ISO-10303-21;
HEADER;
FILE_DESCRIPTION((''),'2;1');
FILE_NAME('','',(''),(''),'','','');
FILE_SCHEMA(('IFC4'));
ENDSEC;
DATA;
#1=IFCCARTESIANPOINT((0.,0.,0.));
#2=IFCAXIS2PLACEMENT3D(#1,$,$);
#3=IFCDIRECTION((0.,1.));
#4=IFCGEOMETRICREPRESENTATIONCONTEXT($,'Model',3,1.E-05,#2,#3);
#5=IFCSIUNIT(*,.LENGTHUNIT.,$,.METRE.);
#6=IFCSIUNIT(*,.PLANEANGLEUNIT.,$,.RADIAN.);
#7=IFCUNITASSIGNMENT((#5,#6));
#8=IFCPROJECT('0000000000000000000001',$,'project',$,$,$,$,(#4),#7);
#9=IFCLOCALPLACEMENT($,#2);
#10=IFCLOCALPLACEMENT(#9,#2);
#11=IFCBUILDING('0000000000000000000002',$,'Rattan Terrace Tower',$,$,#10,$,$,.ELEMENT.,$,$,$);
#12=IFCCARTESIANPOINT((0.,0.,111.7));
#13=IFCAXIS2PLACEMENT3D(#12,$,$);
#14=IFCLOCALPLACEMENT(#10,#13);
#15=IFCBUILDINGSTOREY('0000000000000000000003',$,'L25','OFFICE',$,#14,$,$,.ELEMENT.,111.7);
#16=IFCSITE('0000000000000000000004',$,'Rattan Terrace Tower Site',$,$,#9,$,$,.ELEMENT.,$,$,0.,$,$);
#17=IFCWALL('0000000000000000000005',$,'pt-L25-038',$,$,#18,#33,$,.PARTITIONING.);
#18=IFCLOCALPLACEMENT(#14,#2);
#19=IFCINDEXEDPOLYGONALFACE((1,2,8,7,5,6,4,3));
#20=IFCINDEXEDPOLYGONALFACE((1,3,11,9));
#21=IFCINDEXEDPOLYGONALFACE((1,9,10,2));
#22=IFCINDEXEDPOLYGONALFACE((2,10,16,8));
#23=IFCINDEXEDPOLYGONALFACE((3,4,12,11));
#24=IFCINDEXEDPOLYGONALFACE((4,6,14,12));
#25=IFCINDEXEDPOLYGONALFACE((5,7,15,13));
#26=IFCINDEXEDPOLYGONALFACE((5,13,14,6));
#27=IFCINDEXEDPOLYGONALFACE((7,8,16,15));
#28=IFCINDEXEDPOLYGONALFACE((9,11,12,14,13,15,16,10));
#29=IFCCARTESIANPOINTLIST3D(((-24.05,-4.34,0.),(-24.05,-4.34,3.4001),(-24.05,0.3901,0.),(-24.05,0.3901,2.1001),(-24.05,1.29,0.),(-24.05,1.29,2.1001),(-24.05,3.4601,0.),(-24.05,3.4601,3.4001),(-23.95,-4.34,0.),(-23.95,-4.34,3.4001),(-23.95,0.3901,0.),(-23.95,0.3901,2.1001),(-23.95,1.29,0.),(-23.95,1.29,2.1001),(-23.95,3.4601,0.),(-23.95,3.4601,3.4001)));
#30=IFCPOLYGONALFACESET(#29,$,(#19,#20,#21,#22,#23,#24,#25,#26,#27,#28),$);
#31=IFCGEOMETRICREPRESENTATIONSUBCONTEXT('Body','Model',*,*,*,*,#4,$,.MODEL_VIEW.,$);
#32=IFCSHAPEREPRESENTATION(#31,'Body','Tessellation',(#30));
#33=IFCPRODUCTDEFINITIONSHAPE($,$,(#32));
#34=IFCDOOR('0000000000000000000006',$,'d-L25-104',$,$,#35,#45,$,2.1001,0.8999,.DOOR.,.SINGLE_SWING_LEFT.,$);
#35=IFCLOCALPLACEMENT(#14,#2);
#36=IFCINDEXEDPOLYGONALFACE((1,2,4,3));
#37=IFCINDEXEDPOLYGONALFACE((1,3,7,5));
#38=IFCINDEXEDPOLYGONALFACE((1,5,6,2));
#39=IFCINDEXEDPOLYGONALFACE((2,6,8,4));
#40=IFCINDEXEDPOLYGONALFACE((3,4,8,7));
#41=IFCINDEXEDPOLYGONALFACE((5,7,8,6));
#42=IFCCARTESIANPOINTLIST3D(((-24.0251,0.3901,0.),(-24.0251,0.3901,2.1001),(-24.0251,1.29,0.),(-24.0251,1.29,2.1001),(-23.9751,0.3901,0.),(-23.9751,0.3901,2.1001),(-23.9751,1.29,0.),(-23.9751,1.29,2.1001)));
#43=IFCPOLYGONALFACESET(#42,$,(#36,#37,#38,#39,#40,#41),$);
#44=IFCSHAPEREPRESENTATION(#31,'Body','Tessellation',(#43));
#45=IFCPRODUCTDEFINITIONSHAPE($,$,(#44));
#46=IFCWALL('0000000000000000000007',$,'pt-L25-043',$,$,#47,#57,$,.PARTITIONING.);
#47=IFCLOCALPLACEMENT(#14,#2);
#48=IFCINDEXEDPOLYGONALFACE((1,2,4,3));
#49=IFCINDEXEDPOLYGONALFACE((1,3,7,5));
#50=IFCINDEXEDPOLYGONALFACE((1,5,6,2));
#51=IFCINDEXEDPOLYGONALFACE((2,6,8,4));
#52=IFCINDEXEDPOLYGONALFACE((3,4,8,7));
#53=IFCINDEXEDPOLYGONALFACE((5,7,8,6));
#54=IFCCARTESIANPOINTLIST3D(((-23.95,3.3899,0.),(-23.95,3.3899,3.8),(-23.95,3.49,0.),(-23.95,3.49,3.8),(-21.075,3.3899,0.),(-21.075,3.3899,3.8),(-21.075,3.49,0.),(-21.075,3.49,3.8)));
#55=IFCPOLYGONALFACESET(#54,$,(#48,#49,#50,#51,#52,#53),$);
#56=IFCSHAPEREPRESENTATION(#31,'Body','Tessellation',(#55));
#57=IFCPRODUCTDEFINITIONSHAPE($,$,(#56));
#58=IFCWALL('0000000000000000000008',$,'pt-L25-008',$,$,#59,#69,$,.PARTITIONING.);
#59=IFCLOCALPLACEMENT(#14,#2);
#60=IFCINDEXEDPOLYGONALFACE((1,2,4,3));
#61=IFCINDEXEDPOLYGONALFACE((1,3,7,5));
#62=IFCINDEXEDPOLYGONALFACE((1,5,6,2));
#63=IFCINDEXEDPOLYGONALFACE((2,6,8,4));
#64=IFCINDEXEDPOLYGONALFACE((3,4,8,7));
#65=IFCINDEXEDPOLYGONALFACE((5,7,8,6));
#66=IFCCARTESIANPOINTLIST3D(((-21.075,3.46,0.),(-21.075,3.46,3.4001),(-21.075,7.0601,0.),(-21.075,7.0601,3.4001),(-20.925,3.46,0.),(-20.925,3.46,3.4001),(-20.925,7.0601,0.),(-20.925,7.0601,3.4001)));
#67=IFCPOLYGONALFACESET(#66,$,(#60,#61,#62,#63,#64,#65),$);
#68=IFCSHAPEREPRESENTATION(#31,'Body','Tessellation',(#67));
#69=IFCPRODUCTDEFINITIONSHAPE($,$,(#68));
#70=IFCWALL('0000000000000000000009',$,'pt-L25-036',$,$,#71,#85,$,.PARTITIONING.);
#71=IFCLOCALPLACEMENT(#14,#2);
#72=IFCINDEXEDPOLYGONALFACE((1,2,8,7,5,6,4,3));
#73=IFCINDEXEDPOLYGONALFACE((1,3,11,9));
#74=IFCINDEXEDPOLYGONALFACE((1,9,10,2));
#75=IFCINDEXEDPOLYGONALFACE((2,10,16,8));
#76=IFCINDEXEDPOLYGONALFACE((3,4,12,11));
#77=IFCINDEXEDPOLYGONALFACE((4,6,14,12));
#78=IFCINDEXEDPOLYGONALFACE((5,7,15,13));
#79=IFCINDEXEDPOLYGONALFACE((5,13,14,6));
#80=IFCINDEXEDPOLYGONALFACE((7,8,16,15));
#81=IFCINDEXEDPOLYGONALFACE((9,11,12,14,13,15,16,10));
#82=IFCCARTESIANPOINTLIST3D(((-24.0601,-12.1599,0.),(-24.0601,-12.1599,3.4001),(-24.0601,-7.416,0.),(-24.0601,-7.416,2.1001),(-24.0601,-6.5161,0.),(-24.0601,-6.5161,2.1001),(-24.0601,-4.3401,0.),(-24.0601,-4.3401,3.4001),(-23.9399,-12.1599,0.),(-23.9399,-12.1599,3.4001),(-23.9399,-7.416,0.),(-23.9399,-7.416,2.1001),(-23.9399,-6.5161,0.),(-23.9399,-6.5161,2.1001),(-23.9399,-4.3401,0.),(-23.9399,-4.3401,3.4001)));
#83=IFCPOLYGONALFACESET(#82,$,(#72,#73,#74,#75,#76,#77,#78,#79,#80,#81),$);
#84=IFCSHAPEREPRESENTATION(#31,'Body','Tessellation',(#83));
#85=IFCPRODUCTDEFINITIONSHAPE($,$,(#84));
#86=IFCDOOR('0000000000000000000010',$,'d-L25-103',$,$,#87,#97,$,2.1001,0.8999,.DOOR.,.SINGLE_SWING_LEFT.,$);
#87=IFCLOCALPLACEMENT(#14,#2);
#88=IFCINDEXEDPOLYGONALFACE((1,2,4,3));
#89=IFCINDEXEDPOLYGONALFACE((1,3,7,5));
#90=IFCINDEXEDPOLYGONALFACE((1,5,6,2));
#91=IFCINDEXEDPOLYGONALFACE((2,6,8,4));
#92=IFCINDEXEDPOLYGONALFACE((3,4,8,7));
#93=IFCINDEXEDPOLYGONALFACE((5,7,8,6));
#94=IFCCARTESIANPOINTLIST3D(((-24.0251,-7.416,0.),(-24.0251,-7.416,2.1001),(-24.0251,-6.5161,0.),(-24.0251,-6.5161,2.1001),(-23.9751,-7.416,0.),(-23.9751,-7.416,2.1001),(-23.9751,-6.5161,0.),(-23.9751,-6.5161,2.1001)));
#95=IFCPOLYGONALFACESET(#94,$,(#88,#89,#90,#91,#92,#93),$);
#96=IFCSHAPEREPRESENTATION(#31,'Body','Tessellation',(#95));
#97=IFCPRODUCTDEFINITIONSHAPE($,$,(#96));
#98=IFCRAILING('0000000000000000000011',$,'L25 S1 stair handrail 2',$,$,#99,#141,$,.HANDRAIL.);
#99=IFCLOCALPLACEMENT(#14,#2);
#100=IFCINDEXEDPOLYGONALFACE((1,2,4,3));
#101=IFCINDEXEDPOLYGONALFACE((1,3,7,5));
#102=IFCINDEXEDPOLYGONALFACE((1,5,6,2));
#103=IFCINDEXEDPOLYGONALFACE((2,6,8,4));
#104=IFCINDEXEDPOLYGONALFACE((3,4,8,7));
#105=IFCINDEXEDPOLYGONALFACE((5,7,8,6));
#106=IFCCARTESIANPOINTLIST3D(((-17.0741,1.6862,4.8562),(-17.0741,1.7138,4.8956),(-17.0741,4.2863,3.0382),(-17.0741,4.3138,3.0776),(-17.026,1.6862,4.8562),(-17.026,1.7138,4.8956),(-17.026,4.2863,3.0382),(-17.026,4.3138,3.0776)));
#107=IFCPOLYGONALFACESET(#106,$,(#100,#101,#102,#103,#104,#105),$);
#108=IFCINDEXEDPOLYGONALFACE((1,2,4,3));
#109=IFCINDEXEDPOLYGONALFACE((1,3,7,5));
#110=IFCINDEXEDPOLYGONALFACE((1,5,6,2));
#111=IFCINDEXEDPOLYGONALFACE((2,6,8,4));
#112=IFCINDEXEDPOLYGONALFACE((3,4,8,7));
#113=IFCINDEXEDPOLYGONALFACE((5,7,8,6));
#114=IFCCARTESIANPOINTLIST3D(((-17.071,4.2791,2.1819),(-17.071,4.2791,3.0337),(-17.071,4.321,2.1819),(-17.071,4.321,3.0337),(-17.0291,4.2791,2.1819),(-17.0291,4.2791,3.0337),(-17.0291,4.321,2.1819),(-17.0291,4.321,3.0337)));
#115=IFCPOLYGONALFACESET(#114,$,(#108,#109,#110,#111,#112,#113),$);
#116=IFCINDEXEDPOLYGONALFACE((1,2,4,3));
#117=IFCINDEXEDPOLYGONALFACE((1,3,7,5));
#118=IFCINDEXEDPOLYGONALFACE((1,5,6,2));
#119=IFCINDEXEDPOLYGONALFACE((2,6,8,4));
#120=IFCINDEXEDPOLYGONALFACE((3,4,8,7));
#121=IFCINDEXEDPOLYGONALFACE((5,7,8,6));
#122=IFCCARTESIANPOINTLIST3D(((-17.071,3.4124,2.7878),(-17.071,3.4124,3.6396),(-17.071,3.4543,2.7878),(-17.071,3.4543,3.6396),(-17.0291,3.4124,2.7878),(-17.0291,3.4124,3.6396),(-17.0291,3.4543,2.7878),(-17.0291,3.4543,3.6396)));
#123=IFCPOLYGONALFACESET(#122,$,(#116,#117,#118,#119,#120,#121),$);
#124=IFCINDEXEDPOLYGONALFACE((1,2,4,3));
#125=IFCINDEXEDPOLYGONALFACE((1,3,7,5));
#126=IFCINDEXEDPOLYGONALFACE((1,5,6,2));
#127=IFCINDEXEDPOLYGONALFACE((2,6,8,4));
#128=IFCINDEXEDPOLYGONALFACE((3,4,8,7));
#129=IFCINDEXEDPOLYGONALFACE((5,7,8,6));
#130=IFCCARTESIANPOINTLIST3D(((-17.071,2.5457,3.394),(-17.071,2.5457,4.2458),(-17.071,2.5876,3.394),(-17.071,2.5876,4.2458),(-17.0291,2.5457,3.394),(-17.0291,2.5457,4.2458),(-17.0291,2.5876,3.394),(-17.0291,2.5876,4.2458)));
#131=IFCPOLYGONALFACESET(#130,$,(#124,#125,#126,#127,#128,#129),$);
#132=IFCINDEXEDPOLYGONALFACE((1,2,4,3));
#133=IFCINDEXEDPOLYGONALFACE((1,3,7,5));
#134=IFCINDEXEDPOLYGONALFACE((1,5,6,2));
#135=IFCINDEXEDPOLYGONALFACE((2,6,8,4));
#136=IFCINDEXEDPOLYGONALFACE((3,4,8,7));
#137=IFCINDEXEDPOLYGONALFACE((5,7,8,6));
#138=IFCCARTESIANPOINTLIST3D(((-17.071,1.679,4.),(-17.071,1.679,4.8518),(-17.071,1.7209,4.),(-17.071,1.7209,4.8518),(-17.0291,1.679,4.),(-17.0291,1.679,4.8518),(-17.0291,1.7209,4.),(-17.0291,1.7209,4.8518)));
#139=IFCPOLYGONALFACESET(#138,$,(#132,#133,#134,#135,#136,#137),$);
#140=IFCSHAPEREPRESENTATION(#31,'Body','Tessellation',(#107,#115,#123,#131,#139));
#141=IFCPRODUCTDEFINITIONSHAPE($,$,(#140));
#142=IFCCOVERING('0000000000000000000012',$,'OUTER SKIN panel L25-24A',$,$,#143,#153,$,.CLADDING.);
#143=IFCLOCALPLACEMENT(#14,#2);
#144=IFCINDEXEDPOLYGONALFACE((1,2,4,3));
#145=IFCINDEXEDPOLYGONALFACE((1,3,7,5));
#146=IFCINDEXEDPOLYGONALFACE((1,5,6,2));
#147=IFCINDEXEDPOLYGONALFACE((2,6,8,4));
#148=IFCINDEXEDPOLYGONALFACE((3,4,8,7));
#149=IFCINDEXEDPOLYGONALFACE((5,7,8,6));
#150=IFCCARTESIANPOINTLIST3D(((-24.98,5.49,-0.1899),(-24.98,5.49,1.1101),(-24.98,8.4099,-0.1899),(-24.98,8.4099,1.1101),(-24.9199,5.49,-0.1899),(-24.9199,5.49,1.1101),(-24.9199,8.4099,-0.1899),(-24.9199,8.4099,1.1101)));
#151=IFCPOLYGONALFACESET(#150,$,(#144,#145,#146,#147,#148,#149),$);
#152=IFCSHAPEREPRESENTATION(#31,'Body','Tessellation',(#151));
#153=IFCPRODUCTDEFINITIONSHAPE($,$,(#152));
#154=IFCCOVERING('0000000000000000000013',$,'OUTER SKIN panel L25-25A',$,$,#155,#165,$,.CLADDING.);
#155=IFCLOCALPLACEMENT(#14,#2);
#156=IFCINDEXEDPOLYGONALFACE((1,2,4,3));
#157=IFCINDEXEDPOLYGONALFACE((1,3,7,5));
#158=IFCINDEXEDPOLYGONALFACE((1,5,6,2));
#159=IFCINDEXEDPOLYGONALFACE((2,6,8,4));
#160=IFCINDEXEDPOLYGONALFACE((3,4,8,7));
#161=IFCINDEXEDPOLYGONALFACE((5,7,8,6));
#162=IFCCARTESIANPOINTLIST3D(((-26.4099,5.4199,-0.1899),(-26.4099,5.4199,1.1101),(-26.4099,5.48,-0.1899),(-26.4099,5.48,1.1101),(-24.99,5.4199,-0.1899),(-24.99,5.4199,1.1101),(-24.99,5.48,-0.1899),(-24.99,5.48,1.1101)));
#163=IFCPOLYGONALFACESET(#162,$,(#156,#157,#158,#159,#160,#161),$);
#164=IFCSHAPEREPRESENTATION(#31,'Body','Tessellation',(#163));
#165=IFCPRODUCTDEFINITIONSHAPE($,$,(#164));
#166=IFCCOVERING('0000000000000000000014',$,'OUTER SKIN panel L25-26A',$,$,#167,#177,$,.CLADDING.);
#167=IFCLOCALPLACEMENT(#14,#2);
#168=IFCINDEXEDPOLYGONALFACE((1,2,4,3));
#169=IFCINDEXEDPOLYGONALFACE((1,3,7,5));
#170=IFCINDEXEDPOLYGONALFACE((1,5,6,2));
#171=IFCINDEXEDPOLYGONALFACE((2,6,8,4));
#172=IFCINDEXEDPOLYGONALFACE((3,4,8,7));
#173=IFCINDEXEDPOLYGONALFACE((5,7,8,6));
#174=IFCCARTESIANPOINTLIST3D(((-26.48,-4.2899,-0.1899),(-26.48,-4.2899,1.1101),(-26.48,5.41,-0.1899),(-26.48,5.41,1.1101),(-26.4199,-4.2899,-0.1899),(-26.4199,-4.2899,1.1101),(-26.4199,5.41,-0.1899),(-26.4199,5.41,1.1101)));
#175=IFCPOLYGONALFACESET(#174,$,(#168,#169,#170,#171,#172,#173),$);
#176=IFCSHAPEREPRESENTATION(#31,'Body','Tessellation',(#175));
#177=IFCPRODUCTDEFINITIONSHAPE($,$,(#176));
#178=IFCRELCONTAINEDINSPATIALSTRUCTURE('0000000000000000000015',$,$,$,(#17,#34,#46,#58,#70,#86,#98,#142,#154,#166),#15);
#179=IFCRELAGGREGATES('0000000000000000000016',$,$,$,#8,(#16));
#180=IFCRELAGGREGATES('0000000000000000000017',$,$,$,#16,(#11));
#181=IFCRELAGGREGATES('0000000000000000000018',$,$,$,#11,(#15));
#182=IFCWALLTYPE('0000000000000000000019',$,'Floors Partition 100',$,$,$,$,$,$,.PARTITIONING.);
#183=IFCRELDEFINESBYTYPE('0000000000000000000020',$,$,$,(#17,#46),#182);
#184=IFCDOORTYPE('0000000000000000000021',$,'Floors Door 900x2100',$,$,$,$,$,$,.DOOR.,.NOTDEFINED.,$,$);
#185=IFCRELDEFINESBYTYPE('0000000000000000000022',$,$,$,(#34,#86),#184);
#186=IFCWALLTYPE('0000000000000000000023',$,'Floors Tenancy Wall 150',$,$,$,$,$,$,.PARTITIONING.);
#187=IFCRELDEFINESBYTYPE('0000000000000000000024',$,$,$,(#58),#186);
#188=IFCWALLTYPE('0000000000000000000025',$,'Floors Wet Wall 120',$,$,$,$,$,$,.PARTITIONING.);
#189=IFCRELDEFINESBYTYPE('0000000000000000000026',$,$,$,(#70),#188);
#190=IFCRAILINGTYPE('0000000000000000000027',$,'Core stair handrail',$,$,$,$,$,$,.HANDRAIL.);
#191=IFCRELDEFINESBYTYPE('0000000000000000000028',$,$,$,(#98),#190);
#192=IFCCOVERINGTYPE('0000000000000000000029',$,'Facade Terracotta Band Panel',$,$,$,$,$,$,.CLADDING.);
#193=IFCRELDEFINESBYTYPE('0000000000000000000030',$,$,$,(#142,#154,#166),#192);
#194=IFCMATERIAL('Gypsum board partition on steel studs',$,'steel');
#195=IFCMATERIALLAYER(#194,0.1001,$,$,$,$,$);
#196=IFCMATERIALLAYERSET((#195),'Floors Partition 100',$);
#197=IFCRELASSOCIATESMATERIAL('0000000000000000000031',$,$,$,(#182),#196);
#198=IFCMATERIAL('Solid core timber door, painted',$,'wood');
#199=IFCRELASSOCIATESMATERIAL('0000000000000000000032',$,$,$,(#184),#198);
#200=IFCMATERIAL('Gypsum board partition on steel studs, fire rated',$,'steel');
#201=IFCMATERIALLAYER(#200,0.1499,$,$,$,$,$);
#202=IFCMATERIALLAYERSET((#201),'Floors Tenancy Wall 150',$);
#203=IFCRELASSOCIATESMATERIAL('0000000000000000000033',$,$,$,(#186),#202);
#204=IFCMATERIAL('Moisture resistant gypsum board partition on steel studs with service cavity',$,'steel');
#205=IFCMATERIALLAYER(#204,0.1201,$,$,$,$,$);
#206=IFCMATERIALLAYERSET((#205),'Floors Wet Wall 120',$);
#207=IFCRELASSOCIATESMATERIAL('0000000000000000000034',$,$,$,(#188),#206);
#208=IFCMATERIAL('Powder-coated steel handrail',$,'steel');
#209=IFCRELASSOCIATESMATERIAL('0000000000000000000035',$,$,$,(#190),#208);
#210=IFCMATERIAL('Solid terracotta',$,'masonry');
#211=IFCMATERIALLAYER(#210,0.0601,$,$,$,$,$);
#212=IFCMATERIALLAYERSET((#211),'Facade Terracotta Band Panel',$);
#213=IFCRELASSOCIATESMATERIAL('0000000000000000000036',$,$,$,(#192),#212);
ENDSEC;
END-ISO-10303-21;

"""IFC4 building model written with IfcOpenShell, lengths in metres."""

from ifc_helpers import new_model, si_unit, direction, frame, frame_2d, origin, origin_2d, place, context, subcontext, project, spatial, rectangle, extrude, material, layer, layer_set, type_object, element, fill, save


model = new_model("IFC4")

# Units and contexts
model_context = context("Model", 3, precision=1e-05, world=origin(), true_north=direction((0.0, 1.0)))
body_context = subcontext(model_context, "Body", "Model", "MODEL_VIEW")
ifc_project = project(units=[si_unit("LENGTHUNIT", "METRE"), si_unit("PLANEANGLEUNIT", "RADIAN")], contexts=[model_context])

# Site, building, storey
site_placement = place(None, origin())
site = spatial("IfcSite", under=ifc_project, at=site_placement, Name="Rattan Terrace Tower Site", CompositionType="ELEMENT", RefElevation=0.0)
building_placement = place(site_placement, origin())
building = spatial("IfcBuilding", under=site, at=building_placement, Name="Rattan Terrace Tower", CompositionType="ELEMENT")
storey_placement = place(building_placement, frame((0.0, 0.0, 111.7)))
storey = spatial("IfcBuildingStorey", under=building, at=storey_placement, Name="L25", Description="OFFICE", CompositionType="ELEMENT", Elevation=111.7)

# Wall, opening, door
ifc_material_1 = material(Name="Gypsum board partition on steel studs", Category="steel")
ifc_layer_1 = layer(ifc_material_1, 0.1001)
ifc_layer_set_1 = layer_set([ifc_layer_1], Name="Floors Partition 100")
wall_type_1 = type_object("IfcWallType", Name="Floors Partition 100", PredefinedType="PARTITIONING", material=ifc_layer_set_1)
wall_1_placement = place(storey_placement, frame((-24.0, 3.46, 0.0), z_axis=(0.0, 0.0, 1.0), x_axis=(0.0, -1.0, 0.0)))
wall_1 = element("IfcWall", 1, at=wall_1_placement, inside=storey, type_object=wall_type_1, Name="pt-L25-038", PredefinedType="PARTITIONING", context=body_context, shape_type="SweptSolid", body=[
    extrude(rectangle(XDim=7.8, YDim=0.1001, at=frame_2d((3.8999, 0.0))), origin(), (0.0, 0.0, 1.0), 3.4001),
])
opening_1_placement = place(wall_1_placement, frame((2.1699, 0.0, 0.0)))
opening_1 = element("IfcOpeningElement", 2, at=opening_1_placement, cuts=wall_1, PredefinedType="OPENING", context=body_context, shape_type="SweptSolid", body=[
    extrude(rectangle(XDim=0.8999, YDim=2.1001, at=frame_2d((0.45, 1.05))), frame((0.0, 0.0605, 0.0), z_axis=(0.0, -1.0, 0.0), x_axis=(1.0, 0.0, 0.0)), (0.0, 0.0, 1.0), 0.1211),
])
ifc_material_2 = material(Name="Solid core timber door, painted", Category="wood")
door_type_1 = type_object("IfcDoorType", Name="Floors Door 900x2100", OperationType="NOTDEFINED", PredefinedType="DOOR", material=ifc_material_2)
door_1_placement = place(opening_1_placement, origin())
door_1 = element("IfcDoor", 3, at=door_1_placement, inside=storey, type_object=door_type_1, Name="d-L25-104", OperationType="SINGLE_SWING_LEFT", OverallHeight=2.1001, OverallWidth=0.8999, PredefinedType="DOOR", context=body_context, shape_type="SweptSolid", body=[
    extrude(rectangle(XDim=0.8999, YDim=2.1001, at=frame_2d((0.45, 1.05))), frame((0.0, 0.0249, 0.0), z_axis=(0.0, -1.0, 0.0), x_axis=(1.0, 0.0, 0.0)), (0.0, 0.0, 1.0), 0.05),
])
fill(opening_1, door_1)

# Walls
wall_2_placement = place(storey_placement, frame((-23.95, 3.4399, 0.0), z_axis=(0.0, 0.0, 1.0), x_axis=(1.0, 0.0, 0.0)))
element("IfcWall", 4, at=wall_2_placement, inside=storey, type_object=wall_type_1, Name="pt-L25-043", PredefinedType="PARTITIONING", context=body_context, shape_type="SweptSolid", body=[
    extrude(rectangle(XDim=2.875, YDim=0.1001, at=frame_2d((1.4375, 0.0))), origin(), (0.0, 0.0, 1.0), 3.8),
])
ifc_material_3 = material(Name="Gypsum board partition on steel studs, fire rated", Category="steel")
ifc_layer_2 = layer(ifc_material_3, 0.1499)
ifc_layer_set_2 = layer_set([ifc_layer_2], Name="Floors Tenancy Wall 150")
wall_type_2 = type_object("IfcWallType", Name="Floors Tenancy Wall 150", PredefinedType="PARTITIONING", material=ifc_layer_set_2)
wall_3_placement = place(storey_placement, frame((-21.0, 3.46, 0.0), z_axis=(0.0, 0.0, 1.0), x_axis=(0.0, 1.0, 0.0)))
element("IfcWall", 5, at=wall_3_placement, inside=storey, type_object=wall_type_2, Name="pt-L25-008", PredefinedType="PARTITIONING", context=body_context, shape_type="SweptSolid", body=[
    extrude(rectangle(XDim=3.6001, YDim=0.1499, at=frame_2d((1.8, 0.0))), origin(), (0.0, 0.0, 1.0), 3.4001),
])

# Wall, opening, door
ifc_material_4 = material(Name="Moisture resistant gypsum board partition on steel studs with service cavity", Category="steel")
ifc_layer_3 = layer(ifc_material_4, 0.1201)
ifc_layer_set_3 = layer_set([ifc_layer_3], Name="Floors Wet Wall 120")
wall_type_3 = type_object("IfcWallType", Name="Floors Wet Wall 120", PredefinedType="PARTITIONING", material=ifc_layer_set_3)
wall_4_placement = place(storey_placement, frame((-24.0, -4.3401, 0.0), z_axis=(0.0, 0.0, 1.0), x_axis=(0.0, -1.0, 0.0)))
wall_4 = element("IfcWall", 6, at=wall_4_placement, inside=storey, type_object=wall_type_3, Name="pt-L25-036", PredefinedType="PARTITIONING", context=body_context, shape_type="SweptSolid", body=[
    extrude(rectangle(XDim=7.8198, YDim=0.1201, at=frame_2d((3.9099, 0.0))), origin(), (0.0, 0.0, 1.0), 3.4001),
])
opening_2_placement = place(wall_4_placement, frame((2.176, 0.0, 0.0)))
opening_2 = element("IfcOpeningElement", 7, at=opening_2_placement, cuts=wall_4, PredefinedType="OPENING", context=body_context, shape_type="SweptSolid", body=[
    extrude(rectangle(XDim=0.8999, YDim=2.1001, at=frame_2d((0.45, 1.05))), frame((0.0, 0.0706, 0.0), z_axis=(0.0, -1.0, 0.0), x_axis=(1.0, 0.0, 0.0)), (0.0, 0.0, 1.0), 0.1411),
])
door_2_placement = place(opening_2_placement, origin())
door_2 = element("IfcDoor", 8, at=door_2_placement, inside=storey, type_object=door_type_1, Name="d-L25-103", OperationType="SINGLE_SWING_LEFT", OverallHeight=2.1001, OverallWidth=0.8999, PredefinedType="DOOR", context=body_context, shape_type="SweptSolid", body=[
    extrude(rectangle(XDim=0.8999, YDim=2.1001, at=frame_2d((0.45, 1.05))), frame((0.0, 0.0249, 0.0), z_axis=(0.0, -1.0, 0.0), x_axis=(1.0, 0.0, 0.0)), (0.0, 0.0, 1.0), 0.05),
])
fill(opening_2, door_2)

# Railing
ifc_material_5 = material(Name="Powder-coated steel handrail", Category="steel")
railing_type = type_object("IfcRailingType", Name="Core stair handrail", PredefinedType="HANDRAIL", material=ifc_material_5)
railing_placement = place(storey_placement, frame((-17.05, 4.3, 2.1819)))
element("IfcRailing", 9, at=railing_placement, inside=storey, type_object=railing_type, Name="L25 S1 stair handrail 2", PredefinedType="HANDRAIL", context=body_context, shape_type="SweptSolid", body=[
    extrude(rectangle(XDim=0.0481, YDim=0.0481, at=origin_2d()), frame((0.0, 0.0, 0.876), z_axis=(0.0, -0.819521, 0.573049), x_axis=(1.0, 0.0, 0.0)), (0.0, 0.0, 1.0), 3.1726),
    extrude(rectangle(XDim=0.042, YDim=0.042, at=origin_2d()), origin(), (0.0, 0.0, 1.0), 0.8518),
    extrude(rectangle(XDim=0.042, YDim=0.042, at=origin_2d()), frame((0.0, -0.8667, 0.606)), (0.0, 0.0, 1.0), 0.8518),
    extrude(rectangle(XDim=0.042, YDim=0.042, at=origin_2d()), frame((0.0, -1.7334, 1.2122)), (0.0, 0.0, 1.0), 0.8518),
    extrude(rectangle(XDim=0.042, YDim=0.042, at=origin_2d()), frame((0.0, -2.6001, 1.8181)), (0.0, 0.0, 1.0), 0.8518),
])

# Coverings
ifc_material_6 = material(Name="Solid terracotta", Category="masonry")
ifc_layer_4 = layer(ifc_material_6, 0.0601)
ifc_layer_set_4 = layer_set([ifc_layer_4], Name="Facade Terracotta Band Panel")
covering_type_1 = type_object("IfcCoveringType", Name="Facade Terracotta Band Panel", PredefinedType="CLADDING", material=ifc_layer_set_4)
covering_1_placement = place(storey_placement, frame((-24.95, 6.95, -0.1899), z_axis=(0.0, 0.0, 1.0), x_axis=(0.0, -1.0, 0.0)))
element("IfcCovering", 10, at=covering_1_placement, inside=storey, type_object=covering_type_1, Name="OUTER SKIN panel L25-24A", PredefinedType="CLADDING", context=body_context, shape_type="SweptSolid", body=[
    extrude(rectangle(XDim=2.9199, YDim=0.0601, at=origin_2d()), origin(), (0.0, 0.0, 1.0), 1.3),
])
covering_2_placement = place(storey_placement, frame((-25.7, 5.45, -0.1899), z_axis=(0.0, 0.0, 1.0), x_axis=(-1.0, 0.0, 0.0)))
element("IfcCovering", 11, at=covering_2_placement, inside=storey, type_object=covering_type_1, Name="OUTER SKIN panel L25-25A", PredefinedType="CLADDING", context=body_context, shape_type="SweptSolid", body=[
    extrude(rectangle(XDim=1.4199, YDim=0.0601, at=origin_2d()), origin(), (0.0, 0.0, 1.0), 1.3),
])
covering_3_placement = place(storey_placement, frame((-26.45, 0.5601, -0.1899), z_axis=(0.0, 0.0, 1.0), x_axis=(0.0, -1.0, 0.0)))
element("IfcCovering", 12, at=covering_3_placement, inside=storey, type_object=covering_type_1, Name="OUTER SKIN panel L25-26A", PredefinedType="CLADDING", context=body_context, shape_type="SweptSolid", body=[
    extrude(rectangle(XDim=9.7, YDim=0.0601, at=origin_2d()), origin(), (0.0, 0.0, 1.0), 1.3),
])

save(model, "model.ifc")
